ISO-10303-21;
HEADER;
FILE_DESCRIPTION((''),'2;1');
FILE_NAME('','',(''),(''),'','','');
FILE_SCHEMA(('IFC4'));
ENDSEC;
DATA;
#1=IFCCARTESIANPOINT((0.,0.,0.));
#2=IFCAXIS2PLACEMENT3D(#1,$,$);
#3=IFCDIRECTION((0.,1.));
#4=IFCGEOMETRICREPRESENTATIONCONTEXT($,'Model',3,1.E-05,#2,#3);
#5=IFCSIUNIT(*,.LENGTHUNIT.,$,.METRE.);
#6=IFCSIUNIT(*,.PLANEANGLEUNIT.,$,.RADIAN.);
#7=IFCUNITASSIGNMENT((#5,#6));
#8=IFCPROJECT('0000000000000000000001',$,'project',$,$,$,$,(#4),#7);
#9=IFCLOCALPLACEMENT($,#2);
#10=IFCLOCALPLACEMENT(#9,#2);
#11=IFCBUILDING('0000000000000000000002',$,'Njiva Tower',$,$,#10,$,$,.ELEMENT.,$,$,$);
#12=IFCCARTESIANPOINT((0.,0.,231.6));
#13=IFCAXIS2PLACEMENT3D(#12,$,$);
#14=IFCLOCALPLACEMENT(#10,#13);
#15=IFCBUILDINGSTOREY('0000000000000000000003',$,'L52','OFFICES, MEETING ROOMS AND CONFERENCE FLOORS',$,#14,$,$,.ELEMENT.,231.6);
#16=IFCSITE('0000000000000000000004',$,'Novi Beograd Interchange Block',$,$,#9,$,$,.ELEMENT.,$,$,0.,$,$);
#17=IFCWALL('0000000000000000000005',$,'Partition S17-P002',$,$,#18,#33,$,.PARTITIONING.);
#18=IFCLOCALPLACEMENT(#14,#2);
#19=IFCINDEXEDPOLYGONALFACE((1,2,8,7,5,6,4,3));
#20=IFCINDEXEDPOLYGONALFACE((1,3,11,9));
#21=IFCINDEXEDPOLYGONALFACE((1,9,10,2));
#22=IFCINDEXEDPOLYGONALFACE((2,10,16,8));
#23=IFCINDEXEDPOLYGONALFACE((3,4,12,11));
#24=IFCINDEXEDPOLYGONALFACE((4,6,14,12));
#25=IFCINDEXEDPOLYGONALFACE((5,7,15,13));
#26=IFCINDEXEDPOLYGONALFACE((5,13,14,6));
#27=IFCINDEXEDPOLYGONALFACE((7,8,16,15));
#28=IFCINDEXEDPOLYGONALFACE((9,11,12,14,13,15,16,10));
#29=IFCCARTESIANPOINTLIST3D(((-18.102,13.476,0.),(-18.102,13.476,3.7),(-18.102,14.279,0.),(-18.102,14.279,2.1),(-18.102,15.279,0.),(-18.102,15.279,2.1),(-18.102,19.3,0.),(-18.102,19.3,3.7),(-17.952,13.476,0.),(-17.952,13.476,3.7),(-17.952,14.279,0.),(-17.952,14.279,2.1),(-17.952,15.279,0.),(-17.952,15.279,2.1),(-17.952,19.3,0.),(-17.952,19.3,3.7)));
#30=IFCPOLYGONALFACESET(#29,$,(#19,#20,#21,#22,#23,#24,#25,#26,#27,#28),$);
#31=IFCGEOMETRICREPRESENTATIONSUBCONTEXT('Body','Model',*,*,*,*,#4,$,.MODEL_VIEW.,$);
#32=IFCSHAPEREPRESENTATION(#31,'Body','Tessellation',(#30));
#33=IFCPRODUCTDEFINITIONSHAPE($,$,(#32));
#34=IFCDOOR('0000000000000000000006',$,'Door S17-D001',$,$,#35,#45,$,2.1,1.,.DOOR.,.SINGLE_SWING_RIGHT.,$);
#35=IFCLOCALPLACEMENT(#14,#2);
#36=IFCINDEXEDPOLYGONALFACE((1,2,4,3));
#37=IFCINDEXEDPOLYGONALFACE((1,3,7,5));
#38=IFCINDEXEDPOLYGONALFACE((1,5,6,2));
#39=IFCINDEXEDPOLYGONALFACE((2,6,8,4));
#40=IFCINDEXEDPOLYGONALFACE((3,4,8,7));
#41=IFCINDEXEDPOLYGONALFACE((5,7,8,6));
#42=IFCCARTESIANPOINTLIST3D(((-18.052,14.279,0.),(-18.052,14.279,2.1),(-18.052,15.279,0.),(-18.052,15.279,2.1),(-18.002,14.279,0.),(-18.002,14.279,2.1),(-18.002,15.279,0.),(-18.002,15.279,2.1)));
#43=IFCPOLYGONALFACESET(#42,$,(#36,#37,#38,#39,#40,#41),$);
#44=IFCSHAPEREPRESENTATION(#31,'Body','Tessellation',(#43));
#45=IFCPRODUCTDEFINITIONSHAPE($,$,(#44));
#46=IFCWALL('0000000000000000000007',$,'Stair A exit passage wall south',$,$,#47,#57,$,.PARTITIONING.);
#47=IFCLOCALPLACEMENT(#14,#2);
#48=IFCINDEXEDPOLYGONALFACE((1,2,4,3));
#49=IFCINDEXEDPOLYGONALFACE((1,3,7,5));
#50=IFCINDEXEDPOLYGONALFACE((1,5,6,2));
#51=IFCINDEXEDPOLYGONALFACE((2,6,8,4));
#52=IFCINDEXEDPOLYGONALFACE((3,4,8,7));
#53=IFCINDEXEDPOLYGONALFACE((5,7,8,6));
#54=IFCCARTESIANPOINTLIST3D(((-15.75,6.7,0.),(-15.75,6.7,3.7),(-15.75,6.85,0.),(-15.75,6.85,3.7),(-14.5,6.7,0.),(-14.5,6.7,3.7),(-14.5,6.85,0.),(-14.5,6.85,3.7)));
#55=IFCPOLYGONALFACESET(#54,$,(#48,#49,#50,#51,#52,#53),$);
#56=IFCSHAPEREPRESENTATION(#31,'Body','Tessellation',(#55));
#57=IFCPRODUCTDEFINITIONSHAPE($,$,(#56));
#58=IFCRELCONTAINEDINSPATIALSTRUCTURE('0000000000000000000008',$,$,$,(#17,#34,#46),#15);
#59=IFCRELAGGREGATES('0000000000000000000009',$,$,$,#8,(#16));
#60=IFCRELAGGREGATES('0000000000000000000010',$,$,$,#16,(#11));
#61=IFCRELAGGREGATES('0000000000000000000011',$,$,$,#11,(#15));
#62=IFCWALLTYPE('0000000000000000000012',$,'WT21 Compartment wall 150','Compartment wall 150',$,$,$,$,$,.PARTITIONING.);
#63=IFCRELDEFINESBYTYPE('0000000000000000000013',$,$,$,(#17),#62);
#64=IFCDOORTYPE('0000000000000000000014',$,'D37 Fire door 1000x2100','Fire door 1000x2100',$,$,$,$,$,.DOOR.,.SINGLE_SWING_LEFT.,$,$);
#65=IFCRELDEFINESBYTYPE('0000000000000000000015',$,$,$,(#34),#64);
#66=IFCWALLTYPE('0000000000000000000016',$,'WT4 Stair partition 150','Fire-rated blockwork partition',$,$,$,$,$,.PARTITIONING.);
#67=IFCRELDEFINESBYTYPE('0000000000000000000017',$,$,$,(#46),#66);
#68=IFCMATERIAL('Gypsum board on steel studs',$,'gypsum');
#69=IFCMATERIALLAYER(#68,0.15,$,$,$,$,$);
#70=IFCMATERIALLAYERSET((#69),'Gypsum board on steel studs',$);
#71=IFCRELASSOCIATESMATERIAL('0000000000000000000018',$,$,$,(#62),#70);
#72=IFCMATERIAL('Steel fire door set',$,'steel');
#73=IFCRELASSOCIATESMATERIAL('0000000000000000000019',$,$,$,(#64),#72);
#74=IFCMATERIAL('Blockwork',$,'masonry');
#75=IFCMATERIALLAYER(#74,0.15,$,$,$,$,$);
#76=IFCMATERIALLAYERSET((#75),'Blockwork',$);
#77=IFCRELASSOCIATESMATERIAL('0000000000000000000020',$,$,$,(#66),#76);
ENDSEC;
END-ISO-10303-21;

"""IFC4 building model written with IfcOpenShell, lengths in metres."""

from ifc_helpers import new_model, si_unit, direction, frame, frame_2d, origin, place, context, subcontext, project, spatial, rectangle, extrude, material, layer, layer_set, type_object, element, fill, save


model = new_model("IFC4")

# Units and contexts
model_context = context("Model", 3, precision=1e-05, world=origin(), true_north=direction((0.0, 1.0)))
body_context = subcontext(model_context, "Body", "Model", "MODEL_VIEW")
ifc_project = project(units=[si_unit("LENGTHUNIT", "METRE"), si_unit("PLANEANGLEUNIT", "RADIAN")], contexts=[model_context])

# Site, building, storey
site_placement = place(None, origin())
site = spatial("IfcSite", under=ifc_project, at=site_placement, Name="Novi Beograd Interchange Block", CompositionType="ELEMENT", RefElevation=0.0)
building_placement = place(site_placement, origin())
building = spatial("IfcBuilding", under=site, at=building_placement, Name="Njiva Tower", CompositionType="ELEMENT")
storey_placement = place(building_placement, frame((0.0, 0.0, 231.6)))
storey = spatial("IfcBuildingStorey", under=building, at=storey_placement, Name="L52", Description="OFFICES, MEETING ROOMS AND CONFERENCE FLOORS", CompositionType="ELEMENT", Elevation=231.6)

# Shared definitions
ifc_material_1 = material(Name="Blockwork", Category="masonry")

# Shared definitions
ifc_material_2 = material(Name="Gypsum board on steel studs", Category="gypsum")

# Wall, opening, door
ifc_layer_1 = layer(ifc_material_2, 0.15)
ifc_layer_set_1 = layer_set([ifc_layer_1], Name="Gypsum board on steel studs")
wall_type_1 = type_object("IfcWallType", Name="WT21 Compartment wall 150", Description="Compartment wall 150", PredefinedType="PARTITIONING", material=ifc_layer_set_1)
wall_1_placement = place(storey_placement, frame((-18.027, 13.476, 0.0), z_axis=(0.0, 0.0, 1.0), x_axis=(0.0, 1.0, 0.0)))
wall_1 = element("IfcWall", 1, at=wall_1_placement, inside=storey, type_object=wall_type_1, Name="Partition S17-P002", PredefinedType="PARTITIONING", context=body_context, shape_type="SweptSolid", body=[
    extrude(rectangle(XDim=5.824, YDim=0.15, at=frame_2d((2.912, 0.0))), origin(), (0.0, 0.0, 1.0), 3.7),
])
opening_1_placement = place(wall_1_placement, frame((0.803, 0.0, 0.0)))
opening_1 = element("IfcOpeningElement", 2, at=opening_1_placement, cuts=wall_1, PredefinedType="OPENING", context=body_context, shape_type="SweptSolid", body=[
    extrude(rectangle(XDim=1.0, YDim=2.1, at=frame_2d((0.5, 1.05))), frame((0.0, 0.085, 0.0), z_axis=(0.0, -1.0, 0.0), x_axis=(1.0, 0.0, 0.0)), (0.0, 0.0, 1.0), 0.17),
])
ifc_material_3 = material(Name="Steel fire door set", Category="steel")
door_type_1 = type_object("IfcDoorType", Name="D37 Fire door 1000x2100", Description="Fire door 1000x2100", OperationType="SINGLE_SWING_LEFT", PredefinedType="DOOR", material=ifc_material_3)
door_1_placement = place(opening_1_placement, origin())
door_1 = element("IfcDoor", 3, at=door_1_placement, inside=storey, type_object=door_type_1, Name="Door S17-D001", OperationType="SINGLE_SWING_RIGHT", OverallHeight=2.1, OverallWidth=1.0, PredefinedType="DOOR", context=body_context, shape_type="SweptSolid", body=[
    extrude(rectangle(XDim=1.0, YDim=2.1, at=frame_2d((0.5, 1.05))), frame((0.0, 0.025, 0.0), z_axis=(0.0, -1.0, 0.0), x_axis=(1.0, 0.0, 0.0)), (0.0, 0.0, 1.0), 0.05),
])
fill(opening_1, door_1)

# Wall
ifc_layer_2 = layer(ifc_material_1, 0.15)
ifc_layer_set_2 = layer_set([ifc_layer_2], Name="Blockwork")
wall_type_2 = type_object("IfcWallType", Name="WT4 Stair partition 150", Description="Fire-rated blockwork partition", PredefinedType="PARTITIONING", material=ifc_layer_set_2)
wall_2_placement = place(storey_placement, frame((-15.75, 6.775, 0.0), z_axis=(0.0, 0.0, 1.0), x_axis=(1.0, 0.0, 0.0)))
element("IfcWall", 4, at=wall_2_placement, inside=storey, type_object=wall_type_2, Name="Stair A exit passage wall south", PredefinedType="PARTITIONING", context=body_context, shape_type="SweptSolid", body=[
    extrude(rectangle(XDim=1.25, YDim=0.15, at=frame_2d((0.625, 0.0))), origin(), (0.0, 0.0, 1.0), 3.7),
])

save(model, "model.ifc")
